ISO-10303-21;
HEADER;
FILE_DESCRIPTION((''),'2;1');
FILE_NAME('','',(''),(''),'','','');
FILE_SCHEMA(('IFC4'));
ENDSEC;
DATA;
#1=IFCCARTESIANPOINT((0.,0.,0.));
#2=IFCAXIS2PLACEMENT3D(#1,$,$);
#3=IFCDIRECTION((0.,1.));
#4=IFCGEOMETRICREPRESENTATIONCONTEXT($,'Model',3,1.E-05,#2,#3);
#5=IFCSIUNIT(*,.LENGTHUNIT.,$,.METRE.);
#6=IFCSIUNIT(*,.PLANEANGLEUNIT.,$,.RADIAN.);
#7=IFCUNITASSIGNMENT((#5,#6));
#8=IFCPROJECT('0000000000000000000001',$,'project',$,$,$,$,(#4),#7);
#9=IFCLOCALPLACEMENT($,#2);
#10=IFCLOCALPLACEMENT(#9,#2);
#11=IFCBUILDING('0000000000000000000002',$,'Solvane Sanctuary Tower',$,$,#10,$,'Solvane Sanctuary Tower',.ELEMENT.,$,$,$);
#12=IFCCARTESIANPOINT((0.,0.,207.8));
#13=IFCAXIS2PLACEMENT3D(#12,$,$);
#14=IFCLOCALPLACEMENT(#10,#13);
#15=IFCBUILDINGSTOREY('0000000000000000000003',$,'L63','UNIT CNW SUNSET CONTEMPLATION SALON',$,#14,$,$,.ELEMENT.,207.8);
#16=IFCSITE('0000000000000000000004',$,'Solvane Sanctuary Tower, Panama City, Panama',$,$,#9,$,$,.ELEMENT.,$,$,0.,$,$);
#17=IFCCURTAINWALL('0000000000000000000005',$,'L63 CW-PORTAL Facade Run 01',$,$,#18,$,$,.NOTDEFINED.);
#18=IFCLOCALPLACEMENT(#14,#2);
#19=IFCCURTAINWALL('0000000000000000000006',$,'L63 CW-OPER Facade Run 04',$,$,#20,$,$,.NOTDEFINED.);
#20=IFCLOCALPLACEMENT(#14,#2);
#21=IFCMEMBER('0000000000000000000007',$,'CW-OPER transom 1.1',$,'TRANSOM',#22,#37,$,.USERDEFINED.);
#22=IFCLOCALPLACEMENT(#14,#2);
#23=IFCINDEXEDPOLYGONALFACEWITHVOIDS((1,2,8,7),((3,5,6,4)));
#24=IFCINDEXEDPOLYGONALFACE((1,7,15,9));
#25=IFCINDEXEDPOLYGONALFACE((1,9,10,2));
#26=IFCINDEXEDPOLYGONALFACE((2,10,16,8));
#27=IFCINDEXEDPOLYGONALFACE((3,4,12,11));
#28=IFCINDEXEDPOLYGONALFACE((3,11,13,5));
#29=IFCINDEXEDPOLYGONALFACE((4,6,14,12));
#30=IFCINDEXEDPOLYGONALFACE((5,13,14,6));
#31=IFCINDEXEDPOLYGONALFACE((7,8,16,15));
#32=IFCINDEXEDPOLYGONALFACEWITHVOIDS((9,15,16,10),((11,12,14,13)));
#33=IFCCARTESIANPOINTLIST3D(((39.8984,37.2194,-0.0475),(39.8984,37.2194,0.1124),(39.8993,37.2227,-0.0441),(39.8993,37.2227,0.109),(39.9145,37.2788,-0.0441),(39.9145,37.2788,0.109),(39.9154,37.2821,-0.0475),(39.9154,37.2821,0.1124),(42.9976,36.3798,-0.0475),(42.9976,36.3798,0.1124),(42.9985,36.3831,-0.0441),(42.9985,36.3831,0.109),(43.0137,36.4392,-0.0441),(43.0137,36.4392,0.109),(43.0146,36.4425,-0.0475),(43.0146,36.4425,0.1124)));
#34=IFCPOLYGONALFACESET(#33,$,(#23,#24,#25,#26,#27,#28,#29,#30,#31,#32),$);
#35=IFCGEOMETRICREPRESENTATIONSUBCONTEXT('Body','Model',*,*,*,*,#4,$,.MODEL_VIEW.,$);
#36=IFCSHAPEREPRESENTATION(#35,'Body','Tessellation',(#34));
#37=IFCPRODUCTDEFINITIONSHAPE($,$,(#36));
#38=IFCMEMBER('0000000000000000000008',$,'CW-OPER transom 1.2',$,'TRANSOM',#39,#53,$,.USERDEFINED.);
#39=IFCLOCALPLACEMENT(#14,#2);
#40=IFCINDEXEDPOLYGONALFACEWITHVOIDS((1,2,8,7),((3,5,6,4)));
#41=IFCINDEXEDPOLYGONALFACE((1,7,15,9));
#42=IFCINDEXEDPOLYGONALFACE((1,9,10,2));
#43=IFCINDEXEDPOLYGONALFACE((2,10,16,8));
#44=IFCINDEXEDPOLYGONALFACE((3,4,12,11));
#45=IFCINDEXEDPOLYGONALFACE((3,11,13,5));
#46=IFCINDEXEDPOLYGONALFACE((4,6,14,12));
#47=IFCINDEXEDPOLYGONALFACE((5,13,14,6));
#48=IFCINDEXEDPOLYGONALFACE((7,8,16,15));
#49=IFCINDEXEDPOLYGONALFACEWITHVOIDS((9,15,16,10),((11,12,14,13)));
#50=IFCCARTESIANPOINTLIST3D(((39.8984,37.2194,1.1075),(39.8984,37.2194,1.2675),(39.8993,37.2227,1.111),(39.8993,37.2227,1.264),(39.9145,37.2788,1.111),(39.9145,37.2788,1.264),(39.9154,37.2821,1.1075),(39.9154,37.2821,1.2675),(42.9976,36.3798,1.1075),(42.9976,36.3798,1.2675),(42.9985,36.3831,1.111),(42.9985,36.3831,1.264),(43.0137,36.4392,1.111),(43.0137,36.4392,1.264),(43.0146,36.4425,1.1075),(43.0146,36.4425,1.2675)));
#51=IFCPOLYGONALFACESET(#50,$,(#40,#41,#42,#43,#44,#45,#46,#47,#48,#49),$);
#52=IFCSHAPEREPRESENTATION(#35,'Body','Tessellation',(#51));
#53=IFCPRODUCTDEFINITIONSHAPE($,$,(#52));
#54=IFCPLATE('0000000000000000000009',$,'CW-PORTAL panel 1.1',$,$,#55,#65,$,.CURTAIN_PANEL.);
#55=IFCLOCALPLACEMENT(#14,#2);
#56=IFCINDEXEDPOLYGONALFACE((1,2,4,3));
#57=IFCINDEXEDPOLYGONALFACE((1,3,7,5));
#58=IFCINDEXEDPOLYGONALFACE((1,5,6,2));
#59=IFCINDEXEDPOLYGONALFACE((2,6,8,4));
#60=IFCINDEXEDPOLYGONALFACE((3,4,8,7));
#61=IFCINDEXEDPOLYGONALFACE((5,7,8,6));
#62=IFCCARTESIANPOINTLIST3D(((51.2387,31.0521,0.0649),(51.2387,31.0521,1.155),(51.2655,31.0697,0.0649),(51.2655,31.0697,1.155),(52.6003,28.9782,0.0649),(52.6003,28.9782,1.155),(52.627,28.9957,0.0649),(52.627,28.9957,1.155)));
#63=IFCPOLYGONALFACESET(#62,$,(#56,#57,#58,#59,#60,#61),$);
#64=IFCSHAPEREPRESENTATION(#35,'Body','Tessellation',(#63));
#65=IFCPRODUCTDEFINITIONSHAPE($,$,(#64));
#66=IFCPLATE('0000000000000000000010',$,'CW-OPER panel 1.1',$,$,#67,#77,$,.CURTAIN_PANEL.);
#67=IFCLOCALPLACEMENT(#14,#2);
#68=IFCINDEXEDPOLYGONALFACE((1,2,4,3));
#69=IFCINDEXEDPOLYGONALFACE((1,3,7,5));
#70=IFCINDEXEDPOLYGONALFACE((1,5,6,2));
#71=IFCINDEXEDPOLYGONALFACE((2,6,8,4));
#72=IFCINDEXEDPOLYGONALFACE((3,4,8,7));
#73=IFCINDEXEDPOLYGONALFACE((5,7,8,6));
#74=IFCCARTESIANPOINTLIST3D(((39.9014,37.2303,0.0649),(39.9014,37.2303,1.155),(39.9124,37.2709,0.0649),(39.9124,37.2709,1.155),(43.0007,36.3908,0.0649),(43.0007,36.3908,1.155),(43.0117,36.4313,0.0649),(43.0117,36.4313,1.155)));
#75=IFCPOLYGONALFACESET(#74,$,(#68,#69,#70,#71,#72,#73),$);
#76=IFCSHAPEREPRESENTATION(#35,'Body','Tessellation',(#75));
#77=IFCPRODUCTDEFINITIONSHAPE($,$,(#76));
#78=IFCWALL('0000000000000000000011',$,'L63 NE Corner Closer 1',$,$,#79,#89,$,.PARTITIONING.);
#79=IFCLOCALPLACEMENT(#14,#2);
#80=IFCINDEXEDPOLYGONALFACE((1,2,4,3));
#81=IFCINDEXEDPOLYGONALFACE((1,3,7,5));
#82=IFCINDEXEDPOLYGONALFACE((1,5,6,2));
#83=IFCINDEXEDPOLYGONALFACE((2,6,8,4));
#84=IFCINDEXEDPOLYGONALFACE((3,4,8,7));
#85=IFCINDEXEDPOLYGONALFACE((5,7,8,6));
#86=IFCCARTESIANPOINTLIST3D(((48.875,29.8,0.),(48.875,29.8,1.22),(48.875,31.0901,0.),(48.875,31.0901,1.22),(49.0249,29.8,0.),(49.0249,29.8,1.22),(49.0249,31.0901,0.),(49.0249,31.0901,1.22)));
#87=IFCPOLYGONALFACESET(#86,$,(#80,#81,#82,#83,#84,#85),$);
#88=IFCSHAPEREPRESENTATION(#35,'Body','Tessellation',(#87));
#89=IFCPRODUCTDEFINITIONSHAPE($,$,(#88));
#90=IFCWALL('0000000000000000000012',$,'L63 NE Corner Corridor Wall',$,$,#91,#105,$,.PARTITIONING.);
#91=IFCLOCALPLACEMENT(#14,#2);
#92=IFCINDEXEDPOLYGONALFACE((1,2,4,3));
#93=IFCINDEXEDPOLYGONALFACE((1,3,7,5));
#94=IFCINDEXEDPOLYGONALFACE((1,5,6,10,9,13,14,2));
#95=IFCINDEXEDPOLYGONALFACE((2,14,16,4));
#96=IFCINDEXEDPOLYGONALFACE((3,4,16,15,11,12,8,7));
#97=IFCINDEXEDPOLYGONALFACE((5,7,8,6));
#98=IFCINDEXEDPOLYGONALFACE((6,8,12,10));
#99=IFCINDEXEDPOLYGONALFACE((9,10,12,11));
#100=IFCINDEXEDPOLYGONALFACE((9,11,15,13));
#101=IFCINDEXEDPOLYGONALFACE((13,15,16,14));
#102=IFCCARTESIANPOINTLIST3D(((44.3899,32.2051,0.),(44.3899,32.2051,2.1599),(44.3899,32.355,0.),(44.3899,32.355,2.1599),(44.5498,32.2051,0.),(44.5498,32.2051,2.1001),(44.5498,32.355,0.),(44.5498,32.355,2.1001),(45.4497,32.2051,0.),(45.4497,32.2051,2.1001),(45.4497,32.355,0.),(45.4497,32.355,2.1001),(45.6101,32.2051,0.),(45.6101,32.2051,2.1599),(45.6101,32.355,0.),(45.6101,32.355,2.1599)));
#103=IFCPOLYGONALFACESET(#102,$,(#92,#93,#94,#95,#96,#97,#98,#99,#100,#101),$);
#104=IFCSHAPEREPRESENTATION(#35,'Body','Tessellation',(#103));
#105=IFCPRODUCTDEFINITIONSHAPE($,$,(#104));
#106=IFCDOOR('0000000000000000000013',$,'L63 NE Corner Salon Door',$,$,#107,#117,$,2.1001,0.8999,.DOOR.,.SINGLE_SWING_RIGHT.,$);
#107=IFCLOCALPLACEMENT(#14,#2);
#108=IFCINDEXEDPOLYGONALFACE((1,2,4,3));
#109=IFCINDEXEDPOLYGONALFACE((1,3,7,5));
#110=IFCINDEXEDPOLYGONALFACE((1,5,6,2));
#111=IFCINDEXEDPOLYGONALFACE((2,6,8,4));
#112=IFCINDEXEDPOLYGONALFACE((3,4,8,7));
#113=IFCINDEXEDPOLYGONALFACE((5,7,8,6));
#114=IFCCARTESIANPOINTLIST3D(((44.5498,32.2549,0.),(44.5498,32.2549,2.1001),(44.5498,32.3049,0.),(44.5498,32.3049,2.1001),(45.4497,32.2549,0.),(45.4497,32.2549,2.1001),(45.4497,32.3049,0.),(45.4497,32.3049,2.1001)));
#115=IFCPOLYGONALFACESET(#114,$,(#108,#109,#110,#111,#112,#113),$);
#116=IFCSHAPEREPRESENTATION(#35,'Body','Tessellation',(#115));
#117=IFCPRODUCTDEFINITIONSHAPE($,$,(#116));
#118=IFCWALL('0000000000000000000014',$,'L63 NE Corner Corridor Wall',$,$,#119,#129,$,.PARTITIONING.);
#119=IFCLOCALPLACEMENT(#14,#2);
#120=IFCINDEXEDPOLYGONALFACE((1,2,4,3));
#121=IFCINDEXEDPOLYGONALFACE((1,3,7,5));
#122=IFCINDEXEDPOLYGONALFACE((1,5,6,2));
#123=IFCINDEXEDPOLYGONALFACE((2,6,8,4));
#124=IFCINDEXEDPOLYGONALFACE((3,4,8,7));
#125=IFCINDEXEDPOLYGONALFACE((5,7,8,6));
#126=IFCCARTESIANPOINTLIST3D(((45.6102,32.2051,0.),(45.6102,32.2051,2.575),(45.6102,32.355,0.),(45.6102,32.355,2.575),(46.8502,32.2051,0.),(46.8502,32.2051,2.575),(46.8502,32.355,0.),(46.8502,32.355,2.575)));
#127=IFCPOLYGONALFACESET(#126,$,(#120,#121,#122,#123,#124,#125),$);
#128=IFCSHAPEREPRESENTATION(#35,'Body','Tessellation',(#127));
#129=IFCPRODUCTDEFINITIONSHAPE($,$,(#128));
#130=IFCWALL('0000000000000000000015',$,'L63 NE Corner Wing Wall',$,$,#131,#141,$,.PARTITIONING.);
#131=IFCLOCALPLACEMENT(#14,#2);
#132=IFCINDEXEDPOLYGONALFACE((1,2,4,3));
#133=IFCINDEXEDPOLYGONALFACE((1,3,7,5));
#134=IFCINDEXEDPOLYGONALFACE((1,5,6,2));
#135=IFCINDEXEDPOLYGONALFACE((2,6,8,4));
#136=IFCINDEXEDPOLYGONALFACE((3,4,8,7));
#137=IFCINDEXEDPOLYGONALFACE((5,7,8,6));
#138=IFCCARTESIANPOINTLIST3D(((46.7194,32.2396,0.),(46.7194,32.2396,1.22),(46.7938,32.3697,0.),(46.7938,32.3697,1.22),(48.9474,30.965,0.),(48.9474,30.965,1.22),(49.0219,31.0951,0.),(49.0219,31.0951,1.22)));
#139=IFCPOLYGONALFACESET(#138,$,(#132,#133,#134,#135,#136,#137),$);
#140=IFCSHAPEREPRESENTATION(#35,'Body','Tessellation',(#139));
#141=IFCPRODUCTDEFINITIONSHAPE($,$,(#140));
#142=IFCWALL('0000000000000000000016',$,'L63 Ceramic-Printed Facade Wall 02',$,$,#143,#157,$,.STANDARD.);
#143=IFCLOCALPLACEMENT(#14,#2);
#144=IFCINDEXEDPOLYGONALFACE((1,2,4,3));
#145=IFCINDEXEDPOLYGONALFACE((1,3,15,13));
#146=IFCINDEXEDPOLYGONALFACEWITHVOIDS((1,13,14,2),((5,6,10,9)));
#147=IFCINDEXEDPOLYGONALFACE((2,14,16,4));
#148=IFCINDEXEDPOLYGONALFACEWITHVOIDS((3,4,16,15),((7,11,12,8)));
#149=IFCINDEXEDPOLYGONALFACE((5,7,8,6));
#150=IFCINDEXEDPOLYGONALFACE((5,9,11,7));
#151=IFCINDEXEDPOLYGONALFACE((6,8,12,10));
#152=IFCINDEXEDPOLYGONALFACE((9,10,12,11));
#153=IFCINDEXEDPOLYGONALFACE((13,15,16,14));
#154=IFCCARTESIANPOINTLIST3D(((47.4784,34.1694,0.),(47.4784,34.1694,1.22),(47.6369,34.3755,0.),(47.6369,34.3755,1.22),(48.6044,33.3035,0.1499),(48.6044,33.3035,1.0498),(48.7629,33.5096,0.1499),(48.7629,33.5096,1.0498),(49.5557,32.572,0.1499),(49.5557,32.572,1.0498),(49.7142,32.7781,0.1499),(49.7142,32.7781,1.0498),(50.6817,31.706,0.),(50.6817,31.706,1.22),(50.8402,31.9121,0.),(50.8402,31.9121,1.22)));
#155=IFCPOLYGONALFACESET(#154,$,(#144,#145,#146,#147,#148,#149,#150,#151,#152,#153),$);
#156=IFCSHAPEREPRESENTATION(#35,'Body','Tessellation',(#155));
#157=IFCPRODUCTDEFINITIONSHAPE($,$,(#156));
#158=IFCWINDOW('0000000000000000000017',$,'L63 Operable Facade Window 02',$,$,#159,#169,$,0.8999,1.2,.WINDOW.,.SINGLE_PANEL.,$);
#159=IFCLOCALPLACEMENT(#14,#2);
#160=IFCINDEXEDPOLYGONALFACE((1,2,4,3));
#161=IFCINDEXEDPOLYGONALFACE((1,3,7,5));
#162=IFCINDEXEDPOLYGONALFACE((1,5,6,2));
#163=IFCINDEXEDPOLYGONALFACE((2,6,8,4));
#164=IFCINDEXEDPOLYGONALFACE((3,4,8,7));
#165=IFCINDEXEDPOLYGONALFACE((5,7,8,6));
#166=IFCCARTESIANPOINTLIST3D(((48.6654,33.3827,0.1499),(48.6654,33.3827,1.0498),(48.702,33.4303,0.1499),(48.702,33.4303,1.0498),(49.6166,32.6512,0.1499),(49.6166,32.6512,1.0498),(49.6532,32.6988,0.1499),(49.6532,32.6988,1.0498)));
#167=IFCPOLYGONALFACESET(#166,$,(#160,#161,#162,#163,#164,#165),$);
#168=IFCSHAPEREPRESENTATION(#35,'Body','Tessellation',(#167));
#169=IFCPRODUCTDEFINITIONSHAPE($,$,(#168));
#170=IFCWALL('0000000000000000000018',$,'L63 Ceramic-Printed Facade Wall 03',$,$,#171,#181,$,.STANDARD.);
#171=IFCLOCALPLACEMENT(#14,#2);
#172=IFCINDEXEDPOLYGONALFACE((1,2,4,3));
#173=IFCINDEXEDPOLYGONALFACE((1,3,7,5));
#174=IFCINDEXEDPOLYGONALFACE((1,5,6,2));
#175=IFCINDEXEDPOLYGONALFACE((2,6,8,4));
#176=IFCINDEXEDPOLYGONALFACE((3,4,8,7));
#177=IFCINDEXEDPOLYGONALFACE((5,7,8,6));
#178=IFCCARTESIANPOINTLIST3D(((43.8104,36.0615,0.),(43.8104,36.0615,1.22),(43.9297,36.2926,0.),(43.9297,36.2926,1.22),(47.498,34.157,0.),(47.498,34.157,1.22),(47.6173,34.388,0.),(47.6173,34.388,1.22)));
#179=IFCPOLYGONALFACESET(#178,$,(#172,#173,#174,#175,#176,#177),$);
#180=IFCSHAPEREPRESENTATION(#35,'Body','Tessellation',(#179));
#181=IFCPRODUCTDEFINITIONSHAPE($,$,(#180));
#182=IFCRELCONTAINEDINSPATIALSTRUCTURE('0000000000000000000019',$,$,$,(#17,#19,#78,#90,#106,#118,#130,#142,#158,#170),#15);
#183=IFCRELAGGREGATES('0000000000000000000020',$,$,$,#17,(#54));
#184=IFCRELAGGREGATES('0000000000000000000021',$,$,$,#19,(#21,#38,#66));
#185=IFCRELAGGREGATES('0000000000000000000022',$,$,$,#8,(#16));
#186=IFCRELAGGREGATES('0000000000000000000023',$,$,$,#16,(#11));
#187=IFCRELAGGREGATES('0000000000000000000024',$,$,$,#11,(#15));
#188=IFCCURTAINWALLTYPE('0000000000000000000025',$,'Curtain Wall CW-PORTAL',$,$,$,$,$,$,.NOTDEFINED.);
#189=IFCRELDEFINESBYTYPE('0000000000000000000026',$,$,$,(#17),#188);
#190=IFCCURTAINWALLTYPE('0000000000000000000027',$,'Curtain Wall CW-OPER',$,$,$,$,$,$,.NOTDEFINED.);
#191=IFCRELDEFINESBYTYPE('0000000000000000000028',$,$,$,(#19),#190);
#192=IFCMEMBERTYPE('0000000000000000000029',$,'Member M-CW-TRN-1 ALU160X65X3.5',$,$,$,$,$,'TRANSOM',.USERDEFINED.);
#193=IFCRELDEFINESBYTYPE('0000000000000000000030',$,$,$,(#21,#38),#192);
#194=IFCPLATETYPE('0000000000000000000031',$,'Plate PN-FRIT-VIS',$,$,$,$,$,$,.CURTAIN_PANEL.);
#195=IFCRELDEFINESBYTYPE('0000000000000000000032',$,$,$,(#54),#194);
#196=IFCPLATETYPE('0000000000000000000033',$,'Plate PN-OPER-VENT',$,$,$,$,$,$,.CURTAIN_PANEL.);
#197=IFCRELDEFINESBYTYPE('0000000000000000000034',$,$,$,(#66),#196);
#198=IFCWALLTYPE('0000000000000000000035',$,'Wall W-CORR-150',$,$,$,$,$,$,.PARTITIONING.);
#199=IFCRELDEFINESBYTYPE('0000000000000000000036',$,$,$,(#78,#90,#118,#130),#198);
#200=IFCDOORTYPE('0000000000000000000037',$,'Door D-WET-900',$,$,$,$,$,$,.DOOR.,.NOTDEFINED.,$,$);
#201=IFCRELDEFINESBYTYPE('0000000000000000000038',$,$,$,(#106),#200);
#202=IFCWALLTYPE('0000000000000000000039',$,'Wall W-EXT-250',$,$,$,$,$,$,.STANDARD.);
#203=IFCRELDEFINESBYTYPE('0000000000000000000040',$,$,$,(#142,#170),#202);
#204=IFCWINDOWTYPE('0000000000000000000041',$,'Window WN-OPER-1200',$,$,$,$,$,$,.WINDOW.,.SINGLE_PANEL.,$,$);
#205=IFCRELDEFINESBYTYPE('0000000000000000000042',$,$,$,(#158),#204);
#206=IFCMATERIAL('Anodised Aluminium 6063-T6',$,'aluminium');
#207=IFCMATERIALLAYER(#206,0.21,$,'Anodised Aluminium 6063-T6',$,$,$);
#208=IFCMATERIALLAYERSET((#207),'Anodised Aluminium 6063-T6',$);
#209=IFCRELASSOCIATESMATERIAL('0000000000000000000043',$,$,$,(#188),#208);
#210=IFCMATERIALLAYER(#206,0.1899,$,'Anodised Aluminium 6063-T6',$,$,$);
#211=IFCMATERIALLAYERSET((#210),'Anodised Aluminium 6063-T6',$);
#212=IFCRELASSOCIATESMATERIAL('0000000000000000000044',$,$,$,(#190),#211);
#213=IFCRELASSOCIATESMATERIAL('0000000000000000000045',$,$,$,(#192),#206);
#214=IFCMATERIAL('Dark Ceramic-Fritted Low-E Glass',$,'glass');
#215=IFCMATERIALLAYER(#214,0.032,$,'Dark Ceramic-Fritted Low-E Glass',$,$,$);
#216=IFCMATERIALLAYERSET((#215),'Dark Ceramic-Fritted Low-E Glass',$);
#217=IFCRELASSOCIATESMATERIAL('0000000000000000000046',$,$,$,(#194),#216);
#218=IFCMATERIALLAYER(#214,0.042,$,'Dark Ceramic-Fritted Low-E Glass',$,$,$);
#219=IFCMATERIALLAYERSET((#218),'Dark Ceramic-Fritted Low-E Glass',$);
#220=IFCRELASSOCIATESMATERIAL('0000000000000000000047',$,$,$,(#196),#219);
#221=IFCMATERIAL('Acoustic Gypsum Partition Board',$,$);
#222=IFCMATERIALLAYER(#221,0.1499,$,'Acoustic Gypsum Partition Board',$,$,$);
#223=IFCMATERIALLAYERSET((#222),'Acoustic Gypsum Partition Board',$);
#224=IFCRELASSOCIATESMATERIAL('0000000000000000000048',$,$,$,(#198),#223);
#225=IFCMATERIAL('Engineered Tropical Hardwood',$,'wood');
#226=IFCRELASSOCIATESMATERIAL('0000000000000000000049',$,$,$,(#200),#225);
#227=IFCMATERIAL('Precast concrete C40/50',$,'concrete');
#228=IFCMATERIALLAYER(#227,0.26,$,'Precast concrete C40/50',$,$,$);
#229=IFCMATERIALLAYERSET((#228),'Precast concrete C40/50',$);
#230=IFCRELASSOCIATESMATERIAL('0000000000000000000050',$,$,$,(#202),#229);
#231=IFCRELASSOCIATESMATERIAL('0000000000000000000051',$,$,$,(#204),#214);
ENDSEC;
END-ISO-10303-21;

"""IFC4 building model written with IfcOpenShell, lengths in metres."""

from ifc_helpers import new_model, si_unit, direction, frame, frame_2d, origin, origin_2d, place, context, subcontext, project, spatial, rectangle, hollow_rectangle, extrude, material, layer, layer_set, material_profile, profile_set, type_object, element, fill, aggregate, save


model = new_model("IFC4")

# Units and contexts
model_context = context("Model", 3, precision=1e-05, world=origin(), true_north=direction((0.0, 1.0)))
body_context = subcontext(model_context, "Body", "Model", "MODEL_VIEW")
ifc_project = project(units=[si_unit("LENGTHUNIT", "METRE"), si_unit("PLANEANGLEUNIT", "RADIAN")], contexts=[model_context])

# Site, building, storey
site_placement = place(None, origin())
site = spatial("IfcSite", under=ifc_project, at=site_placement, Name="Solvane Sanctuary Tower, Panama City, Panama", CompositionType="ELEMENT", RefElevation=0.0)
building_placement = place(site_placement, origin())
building = spatial("IfcBuilding", under=site, at=building_placement, Name="Solvane Sanctuary Tower", LongName="Solvane Sanctuary Tower", CompositionType="ELEMENT")
storey_placement = place(building_placement, frame((0.0, 0.0, 207.8)))
storey = spatial("IfcBuildingStorey", under=building, at=storey_placement, Name="L63", Description="UNIT CNW SUNSET CONTEMPLATION SALON", CompositionType="ELEMENT", Elevation=207.8)

# Curtain wall
ifc_material_1 = material(Name="Anodised Aluminium 6063-T6", Category="aluminium")
ifc_layer_1 = layer(ifc_material_1, 0.21, Name="Anodised Aluminium 6063-T6")
ifc_layer_set_1 = layer_set([ifc_layer_1], Name="Anodised Aluminium 6063-T6")
curtain_wall_type_1 = type_object("IfcCurtainWallType", Name="Curtain Wall CW-PORTAL", PredefinedType="NOTDEFINED", material=ifc_layer_set_1)
curtain_wall_1_placement = place(storey_placement, origin())
curtain_wall_1 = element("IfcCurtainWall", 1, at=curtain_wall_1_placement, inside=storey, type_object=curtain_wall_type_1, Name="L63 CW-PORTAL Facade Run 01", PredefinedType="NOTDEFINED")

# Curtain wall, members
ifc_layer_2 = layer(ifc_material_1, 0.1899, Name="Anodised Aluminium 6063-T6")
ifc_layer_set_2 = layer_set([ifc_layer_2], Name="Anodised Aluminium 6063-T6")
curtain_wall_type_2 = type_object("IfcCurtainWallType", Name="Curtain Wall CW-OPER", PredefinedType="NOTDEFINED", material=ifc_layer_set_2)
curtain_wall_2_placement = place(storey_placement, origin())
curtain_wall_2 = element("IfcCurtainWall", 2, at=curtain_wall_2_placement, inside=storey, type_object=curtain_wall_type_2, Name="L63 CW-OPER Facade Run 04", PredefinedType="NOTDEFINED")
ifc_material_profile_1 = material_profile(ifc_material_1, hollow_rectangle(XDim=0.0649, YDim=0.1599, WallThickness=0.0034, at=origin_2d()), Name="ALU160X65X3.5")
ifc_profile_set_1 = profile_set([ifc_material_profile_1], Name="Anodised Aluminium 6063-T6")
member_type_1 = type_object("IfcMemberType", Name="Member M-CW-TRN-1 ALU160X65X3.5", ElementType="TRANSOM", PredefinedType="USERDEFINED", material=ifc_profile_set_1)
member_1_placement = place(storey_placement, frame((43.0061, 36.4111, 0.0325), z_axis=(-0.965206, 0.261489, 0.0), x_axis=(-0.261489, -0.965206, 0.0)))
member_1 = element("IfcMember", 3, at=member_1_placement, type_object=member_type_1, Name="CW-OPER transom 1.1", ObjectType="TRANSOM", PredefinedType="USERDEFINED", context=body_context, shape_type="SweptSolid", body=[
    extrude(hollow_rectangle(XDim=0.0649, YDim=0.1599, WallThickness=0.0034, at=origin_2d()), origin(), (0.0, 0.0, 1.0), 3.2109),
])
member_2_placement = place(storey_placement, frame((43.0061, 36.4111, 1.1875), z_axis=(-0.965206, 0.261489, 0.0), x_axis=(-0.261489, -0.965206, 0.0)))
member_2 = element("IfcMember", 4, at=member_2_placement, type_object=member_type_1, Name="CW-OPER transom 1.2", ObjectType="TRANSOM", PredefinedType="USERDEFINED", context=body_context, shape_type="SweptSolid", body=[
    extrude(hollow_rectangle(XDim=0.0649, YDim=0.1599, WallThickness=0.0034, at=origin_2d()), origin(), (0.0, 0.0, 1.0), 3.2109),
])

# Plates
ifc_material_2 = material(Name="Dark Ceramic-Fritted Low-E Glass", Category="glass")
ifc_layer_3 = layer(ifc_material_2, 0.032, Name="Dark Ceramic-Fritted Low-E Glass")
ifc_layer_set_3 = layer_set([ifc_layer_3], Name="Dark Ceramic-Fritted Low-E Glass")
plate_type_1 = type_object("IfcPlateType", Name="Plate PN-FRIT-VIS", PredefinedType="CURTAIN_PANEL", material=ifc_layer_set_3)
plate_1_placement = place(storey_placement, frame((51.9329, 30.0239, 0.0649), z_axis=(0.0, 0.0, 1.0), x_axis=(-0.548792, 0.835959, 0.0)))
plate_1 = element("IfcPlate", 5, at=plate_1_placement, type_object=plate_type_1, Name="CW-PORTAL panel 1.1", PredefinedType="CURTAIN_PANEL", context=body_context, shape_type="SweptSolid", body=[
    extrude(rectangle(XDim=2.481, YDim=0.032, at=origin_2d()), origin(), (0.0, 0.0, 1.0), 1.0901),
])
aggregate(curtain_wall_1, [plate_1])
ifc_layer_4 = layer(ifc_material_2, 0.042, Name="Dark Ceramic-Fritted Low-E Glass")
ifc_layer_set_4 = layer_set([ifc_layer_4], Name="Dark Ceramic-Fritted Low-E Glass")
plate_type_2 = type_object("IfcPlateType", Name="Plate PN-OPER-VENT", PredefinedType="CURTAIN_PANEL", material=ifc_layer_set_4)
plate_2_placement = place(storey_placement, frame((41.4565, 36.8308, 0.0649), z_axis=(0.0, 0.0, 1.0), x_axis=(-0.965212, 0.261468, 0.0)))
plate_2 = element("IfcPlate", 6, at=plate_2_placement, type_object=plate_type_2, Name="CW-OPER panel 1.1", PredefinedType="CURTAIN_PANEL", context=body_context, shape_type="SweptSolid", body=[
    extrude(rectangle(XDim=3.2109, YDim=0.042, at=origin_2d()), origin(), (0.0, 0.0, 1.0), 1.0901),
])
aggregate(curtain_wall_2, [member_1, member_2, plate_2])

# Wall
ifc_material_3 = material(Name="Acoustic Gypsum Partition Board")
ifc_layer_5 = layer(ifc_material_3, 0.1499, Name="Acoustic Gypsum Partition Board")
ifc_layer_set_5 = layer_set([ifc_layer_5], Name="Acoustic Gypsum Partition Board")
wall_type_1 = type_object("IfcWallType", Name="Wall W-CORR-150", PredefinedType="PARTITIONING", material=ifc_layer_set_5)
wall_1_placement = place(storey_placement, frame((48.95, 29.8, 0.0), z_axis=(0.0, 0.0, 1.0), x_axis=(0.0, 1.0, 0.0)))
element("IfcWall", 7, at=wall_1_placement, inside=storey, type_object=wall_type_1, Name="L63 NE Corner Closer 1", PredefinedType="PARTITIONING", context=body_context, shape_type="SweptSolid", body=[
    extrude(rectangle(XDim=1.29, YDim=0.1499, at=frame_2d((0.645, 0.0))), origin(), (0.0, 0.0, 1.0), 1.22),
])

# Wall, opening, door
wall_2_placement = place(storey_placement, frame((44.3899, 32.28, 0.0), z_axis=(0.0, 0.0, 1.0), x_axis=(1.0, 0.0, 0.0)))
wall_2 = element("IfcWall", 8, at=wall_2_placement, inside=storey, type_object=wall_type_1, Name="L63 NE Corner Corridor Wall", PredefinedType="PARTITIONING", context=body_context, shape_type="SweptSolid", body=[
    extrude(rectangle(XDim=1.2202, YDim=0.1499, at=frame_2d((0.6101, 0.0))), origin(), (0.0, 0.0, 1.0), 2.1599),
])
opening_1_placement = place(wall_2_placement, frame((0.1599, 0.0, 0.0)))
opening_1 = element("IfcOpeningElement", 9, at=opening_1_placement, cuts=wall_2, PredefinedType="OPENING", context=body_context, shape_type="SweptSolid", body=[
    extrude(rectangle(XDim=0.8999, YDim=2.1001, at=frame_2d((0.45, 1.05))), frame((0.0, 0.085, 0.0), z_axis=(0.0, -1.0, 0.0), x_axis=(1.0, 0.0, 0.0)), (0.0, 0.0, 1.0), 0.1699),
])
ifc_material_4 = material(Name="Engineered Tropical Hardwood", Category="wood")
door_type_1 = type_object("IfcDoorType", Name="Door D-WET-900", OperationType="NOTDEFINED", PredefinedType="DOOR", material=ifc_material_4)
door_1_placement = place(opening_1_placement, origin())
door_1 = element("IfcDoor", 10, at=door_1_placement, inside=storey, type_object=door_type_1, Name="L63 NE Corner Salon Door", OperationType="SINGLE_SWING_RIGHT", OverallHeight=2.1001, OverallWidth=0.8999, PredefinedType="DOOR", context=body_context, shape_type="SweptSolid", body=[
    extrude(rectangle(XDim=0.8999, YDim=2.1001, at=frame_2d((0.45, 1.05))), frame((0.0, 0.0249, 0.0), z_axis=(0.0, -1.0, 0.0), x_axis=(1.0, 0.0, 0.0)), (0.0, 0.0, 1.0), 0.05),
])
fill(opening_1, door_1)

# Walls
wall_3_placement = place(storey_placement, frame((45.6101, 32.28, 0.0), z_axis=(0.0, 0.0, 1.0), x_axis=(1.0, 0.0, 0.0)))
element("IfcWall", 11, at=wall_3_placement, inside=storey, type_object=wall_type_1, Name="L63 NE Corner Corridor Wall", PredefinedType="PARTITIONING", context=body_context, shape_type="SweptSolid", body=[
    extrude(rectangle(XDim=1.24, YDim=0.1499, at=frame_2d((0.6201, 0.0))), origin(), (0.0, 0.0, 1.0), 2.575),
])
wall_4_placement = place(storey_placement, frame((46.7566, 32.3047, 0.0), z_axis=(0.0, 0.0, 1.0), x_axis=(0.867991, -0.496579, 0.0)))
element("IfcWall", 12, at=wall_4_placement, inside=storey, type_object=wall_type_1, Name="L63 NE Corner Wing Wall", PredefinedType="PARTITIONING", context=body_context, shape_type="SweptSolid", body=[
    extrude(rectangle(XDim=2.5669, YDim=0.1499, at=frame_2d((1.2834, 0.0))), origin(), (0.0, 0.0, 1.0), 1.22),
])

# Wall, opening, window
ifc_material_5 = material(Name="Precast concrete C40/50", Category="concrete")
ifc_layer_6 = layer(ifc_material_5, 0.26, Name="Precast concrete C40/50")
ifc_layer_set_6 = layer_set([ifc_layer_6], Name="Precast concrete C40/50")
wall_type_2 = type_object("IfcWallType", Name="Wall W-EXT-250", PredefinedType="STANDARD", material=ifc_layer_set_6)
wall_5_placement = place(storey_placement, frame((50.761, 31.8091, 0.0), z_axis=(0.0, 0.0, 1.0), x_axis=(-0.792714, 0.609594, 0.0)))
wall_5 = element("IfcWall", 13, at=wall_5_placement, inside=storey, type_object=wall_type_2, Name="L63 Ceramic-Printed Facade Wall 02", PredefinedType="STANDARD", context=body_context, shape_type="SweptSolid", body=[
    extrude(rectangle(XDim=4.041, YDim=0.26, at=frame_2d((2.0205, 0.0))), origin(), (0.0, 0.0, 1.0), 1.22),
])
opening_2_placement = place(wall_5_placement, frame((1.4204, 0.0, 0.1499)))
opening_2 = element("IfcOpeningElement", 14, at=opening_2_placement, cuts=wall_5, PredefinedType="OPENING", context=body_context, shape_type="SweptSolid", body=[
    extrude(rectangle(XDim=1.2, YDim=0.8999, at=frame_2d((0.6001, 0.45))), frame((0.0, 0.1399, 0.0), z_axis=(0.0, -1.0, 0.0), x_axis=(1.0, 0.0, 0.0)), (0.0, 0.0, 1.0), 0.28),
])
window_type = type_object("IfcWindowType", Name="Window WN-OPER-1200", PartitioningType="SINGLE_PANEL", PredefinedType="WINDOW", material=ifc_material_2)
window_placement = place(opening_2_placement, origin())
window = element("IfcWindow", 15, at=window_placement, inside=storey, type_object=window_type, Name="L63 Operable Facade Window 02", OverallHeight=0.8999, OverallWidth=1.2, PartitioningType="SINGLE_PANEL", PredefinedType="WINDOW", context=body_context, shape_type="SweptSolid", body=[
    extrude(rectangle(XDim=1.2, YDim=0.8999, at=frame_2d((0.6001, 0.45))), frame((0.0, 0.03, 0.0), z_axis=(0.0, -1.0, 0.0), x_axis=(1.0, 0.0, 0.0)), (0.0, 0.0, 1.0), 0.0601),
])
fill(opening_2, window)

# Wall
wall_6_placement = place(storey_placement, frame((47.5576, 34.2725, 0.0), z_axis=(0.0, 0.0, 1.0), x_axis=(-0.888491, 0.458893, 0.0)))
element("IfcWall", 16, at=wall_6_placement, inside=storey, type_object=wall_type_2, Name="L63 Ceramic-Printed Facade Wall 03", PredefinedType="STANDARD", context=body_context, shape_type="SweptSolid", body=[
    extrude(rectangle(XDim=4.1504, YDim=0.26, at=frame_2d((2.0752, 0.0))), origin(), (0.0, 0.0, 1.0), 1.22),
])

save(model, "model.ifc")
